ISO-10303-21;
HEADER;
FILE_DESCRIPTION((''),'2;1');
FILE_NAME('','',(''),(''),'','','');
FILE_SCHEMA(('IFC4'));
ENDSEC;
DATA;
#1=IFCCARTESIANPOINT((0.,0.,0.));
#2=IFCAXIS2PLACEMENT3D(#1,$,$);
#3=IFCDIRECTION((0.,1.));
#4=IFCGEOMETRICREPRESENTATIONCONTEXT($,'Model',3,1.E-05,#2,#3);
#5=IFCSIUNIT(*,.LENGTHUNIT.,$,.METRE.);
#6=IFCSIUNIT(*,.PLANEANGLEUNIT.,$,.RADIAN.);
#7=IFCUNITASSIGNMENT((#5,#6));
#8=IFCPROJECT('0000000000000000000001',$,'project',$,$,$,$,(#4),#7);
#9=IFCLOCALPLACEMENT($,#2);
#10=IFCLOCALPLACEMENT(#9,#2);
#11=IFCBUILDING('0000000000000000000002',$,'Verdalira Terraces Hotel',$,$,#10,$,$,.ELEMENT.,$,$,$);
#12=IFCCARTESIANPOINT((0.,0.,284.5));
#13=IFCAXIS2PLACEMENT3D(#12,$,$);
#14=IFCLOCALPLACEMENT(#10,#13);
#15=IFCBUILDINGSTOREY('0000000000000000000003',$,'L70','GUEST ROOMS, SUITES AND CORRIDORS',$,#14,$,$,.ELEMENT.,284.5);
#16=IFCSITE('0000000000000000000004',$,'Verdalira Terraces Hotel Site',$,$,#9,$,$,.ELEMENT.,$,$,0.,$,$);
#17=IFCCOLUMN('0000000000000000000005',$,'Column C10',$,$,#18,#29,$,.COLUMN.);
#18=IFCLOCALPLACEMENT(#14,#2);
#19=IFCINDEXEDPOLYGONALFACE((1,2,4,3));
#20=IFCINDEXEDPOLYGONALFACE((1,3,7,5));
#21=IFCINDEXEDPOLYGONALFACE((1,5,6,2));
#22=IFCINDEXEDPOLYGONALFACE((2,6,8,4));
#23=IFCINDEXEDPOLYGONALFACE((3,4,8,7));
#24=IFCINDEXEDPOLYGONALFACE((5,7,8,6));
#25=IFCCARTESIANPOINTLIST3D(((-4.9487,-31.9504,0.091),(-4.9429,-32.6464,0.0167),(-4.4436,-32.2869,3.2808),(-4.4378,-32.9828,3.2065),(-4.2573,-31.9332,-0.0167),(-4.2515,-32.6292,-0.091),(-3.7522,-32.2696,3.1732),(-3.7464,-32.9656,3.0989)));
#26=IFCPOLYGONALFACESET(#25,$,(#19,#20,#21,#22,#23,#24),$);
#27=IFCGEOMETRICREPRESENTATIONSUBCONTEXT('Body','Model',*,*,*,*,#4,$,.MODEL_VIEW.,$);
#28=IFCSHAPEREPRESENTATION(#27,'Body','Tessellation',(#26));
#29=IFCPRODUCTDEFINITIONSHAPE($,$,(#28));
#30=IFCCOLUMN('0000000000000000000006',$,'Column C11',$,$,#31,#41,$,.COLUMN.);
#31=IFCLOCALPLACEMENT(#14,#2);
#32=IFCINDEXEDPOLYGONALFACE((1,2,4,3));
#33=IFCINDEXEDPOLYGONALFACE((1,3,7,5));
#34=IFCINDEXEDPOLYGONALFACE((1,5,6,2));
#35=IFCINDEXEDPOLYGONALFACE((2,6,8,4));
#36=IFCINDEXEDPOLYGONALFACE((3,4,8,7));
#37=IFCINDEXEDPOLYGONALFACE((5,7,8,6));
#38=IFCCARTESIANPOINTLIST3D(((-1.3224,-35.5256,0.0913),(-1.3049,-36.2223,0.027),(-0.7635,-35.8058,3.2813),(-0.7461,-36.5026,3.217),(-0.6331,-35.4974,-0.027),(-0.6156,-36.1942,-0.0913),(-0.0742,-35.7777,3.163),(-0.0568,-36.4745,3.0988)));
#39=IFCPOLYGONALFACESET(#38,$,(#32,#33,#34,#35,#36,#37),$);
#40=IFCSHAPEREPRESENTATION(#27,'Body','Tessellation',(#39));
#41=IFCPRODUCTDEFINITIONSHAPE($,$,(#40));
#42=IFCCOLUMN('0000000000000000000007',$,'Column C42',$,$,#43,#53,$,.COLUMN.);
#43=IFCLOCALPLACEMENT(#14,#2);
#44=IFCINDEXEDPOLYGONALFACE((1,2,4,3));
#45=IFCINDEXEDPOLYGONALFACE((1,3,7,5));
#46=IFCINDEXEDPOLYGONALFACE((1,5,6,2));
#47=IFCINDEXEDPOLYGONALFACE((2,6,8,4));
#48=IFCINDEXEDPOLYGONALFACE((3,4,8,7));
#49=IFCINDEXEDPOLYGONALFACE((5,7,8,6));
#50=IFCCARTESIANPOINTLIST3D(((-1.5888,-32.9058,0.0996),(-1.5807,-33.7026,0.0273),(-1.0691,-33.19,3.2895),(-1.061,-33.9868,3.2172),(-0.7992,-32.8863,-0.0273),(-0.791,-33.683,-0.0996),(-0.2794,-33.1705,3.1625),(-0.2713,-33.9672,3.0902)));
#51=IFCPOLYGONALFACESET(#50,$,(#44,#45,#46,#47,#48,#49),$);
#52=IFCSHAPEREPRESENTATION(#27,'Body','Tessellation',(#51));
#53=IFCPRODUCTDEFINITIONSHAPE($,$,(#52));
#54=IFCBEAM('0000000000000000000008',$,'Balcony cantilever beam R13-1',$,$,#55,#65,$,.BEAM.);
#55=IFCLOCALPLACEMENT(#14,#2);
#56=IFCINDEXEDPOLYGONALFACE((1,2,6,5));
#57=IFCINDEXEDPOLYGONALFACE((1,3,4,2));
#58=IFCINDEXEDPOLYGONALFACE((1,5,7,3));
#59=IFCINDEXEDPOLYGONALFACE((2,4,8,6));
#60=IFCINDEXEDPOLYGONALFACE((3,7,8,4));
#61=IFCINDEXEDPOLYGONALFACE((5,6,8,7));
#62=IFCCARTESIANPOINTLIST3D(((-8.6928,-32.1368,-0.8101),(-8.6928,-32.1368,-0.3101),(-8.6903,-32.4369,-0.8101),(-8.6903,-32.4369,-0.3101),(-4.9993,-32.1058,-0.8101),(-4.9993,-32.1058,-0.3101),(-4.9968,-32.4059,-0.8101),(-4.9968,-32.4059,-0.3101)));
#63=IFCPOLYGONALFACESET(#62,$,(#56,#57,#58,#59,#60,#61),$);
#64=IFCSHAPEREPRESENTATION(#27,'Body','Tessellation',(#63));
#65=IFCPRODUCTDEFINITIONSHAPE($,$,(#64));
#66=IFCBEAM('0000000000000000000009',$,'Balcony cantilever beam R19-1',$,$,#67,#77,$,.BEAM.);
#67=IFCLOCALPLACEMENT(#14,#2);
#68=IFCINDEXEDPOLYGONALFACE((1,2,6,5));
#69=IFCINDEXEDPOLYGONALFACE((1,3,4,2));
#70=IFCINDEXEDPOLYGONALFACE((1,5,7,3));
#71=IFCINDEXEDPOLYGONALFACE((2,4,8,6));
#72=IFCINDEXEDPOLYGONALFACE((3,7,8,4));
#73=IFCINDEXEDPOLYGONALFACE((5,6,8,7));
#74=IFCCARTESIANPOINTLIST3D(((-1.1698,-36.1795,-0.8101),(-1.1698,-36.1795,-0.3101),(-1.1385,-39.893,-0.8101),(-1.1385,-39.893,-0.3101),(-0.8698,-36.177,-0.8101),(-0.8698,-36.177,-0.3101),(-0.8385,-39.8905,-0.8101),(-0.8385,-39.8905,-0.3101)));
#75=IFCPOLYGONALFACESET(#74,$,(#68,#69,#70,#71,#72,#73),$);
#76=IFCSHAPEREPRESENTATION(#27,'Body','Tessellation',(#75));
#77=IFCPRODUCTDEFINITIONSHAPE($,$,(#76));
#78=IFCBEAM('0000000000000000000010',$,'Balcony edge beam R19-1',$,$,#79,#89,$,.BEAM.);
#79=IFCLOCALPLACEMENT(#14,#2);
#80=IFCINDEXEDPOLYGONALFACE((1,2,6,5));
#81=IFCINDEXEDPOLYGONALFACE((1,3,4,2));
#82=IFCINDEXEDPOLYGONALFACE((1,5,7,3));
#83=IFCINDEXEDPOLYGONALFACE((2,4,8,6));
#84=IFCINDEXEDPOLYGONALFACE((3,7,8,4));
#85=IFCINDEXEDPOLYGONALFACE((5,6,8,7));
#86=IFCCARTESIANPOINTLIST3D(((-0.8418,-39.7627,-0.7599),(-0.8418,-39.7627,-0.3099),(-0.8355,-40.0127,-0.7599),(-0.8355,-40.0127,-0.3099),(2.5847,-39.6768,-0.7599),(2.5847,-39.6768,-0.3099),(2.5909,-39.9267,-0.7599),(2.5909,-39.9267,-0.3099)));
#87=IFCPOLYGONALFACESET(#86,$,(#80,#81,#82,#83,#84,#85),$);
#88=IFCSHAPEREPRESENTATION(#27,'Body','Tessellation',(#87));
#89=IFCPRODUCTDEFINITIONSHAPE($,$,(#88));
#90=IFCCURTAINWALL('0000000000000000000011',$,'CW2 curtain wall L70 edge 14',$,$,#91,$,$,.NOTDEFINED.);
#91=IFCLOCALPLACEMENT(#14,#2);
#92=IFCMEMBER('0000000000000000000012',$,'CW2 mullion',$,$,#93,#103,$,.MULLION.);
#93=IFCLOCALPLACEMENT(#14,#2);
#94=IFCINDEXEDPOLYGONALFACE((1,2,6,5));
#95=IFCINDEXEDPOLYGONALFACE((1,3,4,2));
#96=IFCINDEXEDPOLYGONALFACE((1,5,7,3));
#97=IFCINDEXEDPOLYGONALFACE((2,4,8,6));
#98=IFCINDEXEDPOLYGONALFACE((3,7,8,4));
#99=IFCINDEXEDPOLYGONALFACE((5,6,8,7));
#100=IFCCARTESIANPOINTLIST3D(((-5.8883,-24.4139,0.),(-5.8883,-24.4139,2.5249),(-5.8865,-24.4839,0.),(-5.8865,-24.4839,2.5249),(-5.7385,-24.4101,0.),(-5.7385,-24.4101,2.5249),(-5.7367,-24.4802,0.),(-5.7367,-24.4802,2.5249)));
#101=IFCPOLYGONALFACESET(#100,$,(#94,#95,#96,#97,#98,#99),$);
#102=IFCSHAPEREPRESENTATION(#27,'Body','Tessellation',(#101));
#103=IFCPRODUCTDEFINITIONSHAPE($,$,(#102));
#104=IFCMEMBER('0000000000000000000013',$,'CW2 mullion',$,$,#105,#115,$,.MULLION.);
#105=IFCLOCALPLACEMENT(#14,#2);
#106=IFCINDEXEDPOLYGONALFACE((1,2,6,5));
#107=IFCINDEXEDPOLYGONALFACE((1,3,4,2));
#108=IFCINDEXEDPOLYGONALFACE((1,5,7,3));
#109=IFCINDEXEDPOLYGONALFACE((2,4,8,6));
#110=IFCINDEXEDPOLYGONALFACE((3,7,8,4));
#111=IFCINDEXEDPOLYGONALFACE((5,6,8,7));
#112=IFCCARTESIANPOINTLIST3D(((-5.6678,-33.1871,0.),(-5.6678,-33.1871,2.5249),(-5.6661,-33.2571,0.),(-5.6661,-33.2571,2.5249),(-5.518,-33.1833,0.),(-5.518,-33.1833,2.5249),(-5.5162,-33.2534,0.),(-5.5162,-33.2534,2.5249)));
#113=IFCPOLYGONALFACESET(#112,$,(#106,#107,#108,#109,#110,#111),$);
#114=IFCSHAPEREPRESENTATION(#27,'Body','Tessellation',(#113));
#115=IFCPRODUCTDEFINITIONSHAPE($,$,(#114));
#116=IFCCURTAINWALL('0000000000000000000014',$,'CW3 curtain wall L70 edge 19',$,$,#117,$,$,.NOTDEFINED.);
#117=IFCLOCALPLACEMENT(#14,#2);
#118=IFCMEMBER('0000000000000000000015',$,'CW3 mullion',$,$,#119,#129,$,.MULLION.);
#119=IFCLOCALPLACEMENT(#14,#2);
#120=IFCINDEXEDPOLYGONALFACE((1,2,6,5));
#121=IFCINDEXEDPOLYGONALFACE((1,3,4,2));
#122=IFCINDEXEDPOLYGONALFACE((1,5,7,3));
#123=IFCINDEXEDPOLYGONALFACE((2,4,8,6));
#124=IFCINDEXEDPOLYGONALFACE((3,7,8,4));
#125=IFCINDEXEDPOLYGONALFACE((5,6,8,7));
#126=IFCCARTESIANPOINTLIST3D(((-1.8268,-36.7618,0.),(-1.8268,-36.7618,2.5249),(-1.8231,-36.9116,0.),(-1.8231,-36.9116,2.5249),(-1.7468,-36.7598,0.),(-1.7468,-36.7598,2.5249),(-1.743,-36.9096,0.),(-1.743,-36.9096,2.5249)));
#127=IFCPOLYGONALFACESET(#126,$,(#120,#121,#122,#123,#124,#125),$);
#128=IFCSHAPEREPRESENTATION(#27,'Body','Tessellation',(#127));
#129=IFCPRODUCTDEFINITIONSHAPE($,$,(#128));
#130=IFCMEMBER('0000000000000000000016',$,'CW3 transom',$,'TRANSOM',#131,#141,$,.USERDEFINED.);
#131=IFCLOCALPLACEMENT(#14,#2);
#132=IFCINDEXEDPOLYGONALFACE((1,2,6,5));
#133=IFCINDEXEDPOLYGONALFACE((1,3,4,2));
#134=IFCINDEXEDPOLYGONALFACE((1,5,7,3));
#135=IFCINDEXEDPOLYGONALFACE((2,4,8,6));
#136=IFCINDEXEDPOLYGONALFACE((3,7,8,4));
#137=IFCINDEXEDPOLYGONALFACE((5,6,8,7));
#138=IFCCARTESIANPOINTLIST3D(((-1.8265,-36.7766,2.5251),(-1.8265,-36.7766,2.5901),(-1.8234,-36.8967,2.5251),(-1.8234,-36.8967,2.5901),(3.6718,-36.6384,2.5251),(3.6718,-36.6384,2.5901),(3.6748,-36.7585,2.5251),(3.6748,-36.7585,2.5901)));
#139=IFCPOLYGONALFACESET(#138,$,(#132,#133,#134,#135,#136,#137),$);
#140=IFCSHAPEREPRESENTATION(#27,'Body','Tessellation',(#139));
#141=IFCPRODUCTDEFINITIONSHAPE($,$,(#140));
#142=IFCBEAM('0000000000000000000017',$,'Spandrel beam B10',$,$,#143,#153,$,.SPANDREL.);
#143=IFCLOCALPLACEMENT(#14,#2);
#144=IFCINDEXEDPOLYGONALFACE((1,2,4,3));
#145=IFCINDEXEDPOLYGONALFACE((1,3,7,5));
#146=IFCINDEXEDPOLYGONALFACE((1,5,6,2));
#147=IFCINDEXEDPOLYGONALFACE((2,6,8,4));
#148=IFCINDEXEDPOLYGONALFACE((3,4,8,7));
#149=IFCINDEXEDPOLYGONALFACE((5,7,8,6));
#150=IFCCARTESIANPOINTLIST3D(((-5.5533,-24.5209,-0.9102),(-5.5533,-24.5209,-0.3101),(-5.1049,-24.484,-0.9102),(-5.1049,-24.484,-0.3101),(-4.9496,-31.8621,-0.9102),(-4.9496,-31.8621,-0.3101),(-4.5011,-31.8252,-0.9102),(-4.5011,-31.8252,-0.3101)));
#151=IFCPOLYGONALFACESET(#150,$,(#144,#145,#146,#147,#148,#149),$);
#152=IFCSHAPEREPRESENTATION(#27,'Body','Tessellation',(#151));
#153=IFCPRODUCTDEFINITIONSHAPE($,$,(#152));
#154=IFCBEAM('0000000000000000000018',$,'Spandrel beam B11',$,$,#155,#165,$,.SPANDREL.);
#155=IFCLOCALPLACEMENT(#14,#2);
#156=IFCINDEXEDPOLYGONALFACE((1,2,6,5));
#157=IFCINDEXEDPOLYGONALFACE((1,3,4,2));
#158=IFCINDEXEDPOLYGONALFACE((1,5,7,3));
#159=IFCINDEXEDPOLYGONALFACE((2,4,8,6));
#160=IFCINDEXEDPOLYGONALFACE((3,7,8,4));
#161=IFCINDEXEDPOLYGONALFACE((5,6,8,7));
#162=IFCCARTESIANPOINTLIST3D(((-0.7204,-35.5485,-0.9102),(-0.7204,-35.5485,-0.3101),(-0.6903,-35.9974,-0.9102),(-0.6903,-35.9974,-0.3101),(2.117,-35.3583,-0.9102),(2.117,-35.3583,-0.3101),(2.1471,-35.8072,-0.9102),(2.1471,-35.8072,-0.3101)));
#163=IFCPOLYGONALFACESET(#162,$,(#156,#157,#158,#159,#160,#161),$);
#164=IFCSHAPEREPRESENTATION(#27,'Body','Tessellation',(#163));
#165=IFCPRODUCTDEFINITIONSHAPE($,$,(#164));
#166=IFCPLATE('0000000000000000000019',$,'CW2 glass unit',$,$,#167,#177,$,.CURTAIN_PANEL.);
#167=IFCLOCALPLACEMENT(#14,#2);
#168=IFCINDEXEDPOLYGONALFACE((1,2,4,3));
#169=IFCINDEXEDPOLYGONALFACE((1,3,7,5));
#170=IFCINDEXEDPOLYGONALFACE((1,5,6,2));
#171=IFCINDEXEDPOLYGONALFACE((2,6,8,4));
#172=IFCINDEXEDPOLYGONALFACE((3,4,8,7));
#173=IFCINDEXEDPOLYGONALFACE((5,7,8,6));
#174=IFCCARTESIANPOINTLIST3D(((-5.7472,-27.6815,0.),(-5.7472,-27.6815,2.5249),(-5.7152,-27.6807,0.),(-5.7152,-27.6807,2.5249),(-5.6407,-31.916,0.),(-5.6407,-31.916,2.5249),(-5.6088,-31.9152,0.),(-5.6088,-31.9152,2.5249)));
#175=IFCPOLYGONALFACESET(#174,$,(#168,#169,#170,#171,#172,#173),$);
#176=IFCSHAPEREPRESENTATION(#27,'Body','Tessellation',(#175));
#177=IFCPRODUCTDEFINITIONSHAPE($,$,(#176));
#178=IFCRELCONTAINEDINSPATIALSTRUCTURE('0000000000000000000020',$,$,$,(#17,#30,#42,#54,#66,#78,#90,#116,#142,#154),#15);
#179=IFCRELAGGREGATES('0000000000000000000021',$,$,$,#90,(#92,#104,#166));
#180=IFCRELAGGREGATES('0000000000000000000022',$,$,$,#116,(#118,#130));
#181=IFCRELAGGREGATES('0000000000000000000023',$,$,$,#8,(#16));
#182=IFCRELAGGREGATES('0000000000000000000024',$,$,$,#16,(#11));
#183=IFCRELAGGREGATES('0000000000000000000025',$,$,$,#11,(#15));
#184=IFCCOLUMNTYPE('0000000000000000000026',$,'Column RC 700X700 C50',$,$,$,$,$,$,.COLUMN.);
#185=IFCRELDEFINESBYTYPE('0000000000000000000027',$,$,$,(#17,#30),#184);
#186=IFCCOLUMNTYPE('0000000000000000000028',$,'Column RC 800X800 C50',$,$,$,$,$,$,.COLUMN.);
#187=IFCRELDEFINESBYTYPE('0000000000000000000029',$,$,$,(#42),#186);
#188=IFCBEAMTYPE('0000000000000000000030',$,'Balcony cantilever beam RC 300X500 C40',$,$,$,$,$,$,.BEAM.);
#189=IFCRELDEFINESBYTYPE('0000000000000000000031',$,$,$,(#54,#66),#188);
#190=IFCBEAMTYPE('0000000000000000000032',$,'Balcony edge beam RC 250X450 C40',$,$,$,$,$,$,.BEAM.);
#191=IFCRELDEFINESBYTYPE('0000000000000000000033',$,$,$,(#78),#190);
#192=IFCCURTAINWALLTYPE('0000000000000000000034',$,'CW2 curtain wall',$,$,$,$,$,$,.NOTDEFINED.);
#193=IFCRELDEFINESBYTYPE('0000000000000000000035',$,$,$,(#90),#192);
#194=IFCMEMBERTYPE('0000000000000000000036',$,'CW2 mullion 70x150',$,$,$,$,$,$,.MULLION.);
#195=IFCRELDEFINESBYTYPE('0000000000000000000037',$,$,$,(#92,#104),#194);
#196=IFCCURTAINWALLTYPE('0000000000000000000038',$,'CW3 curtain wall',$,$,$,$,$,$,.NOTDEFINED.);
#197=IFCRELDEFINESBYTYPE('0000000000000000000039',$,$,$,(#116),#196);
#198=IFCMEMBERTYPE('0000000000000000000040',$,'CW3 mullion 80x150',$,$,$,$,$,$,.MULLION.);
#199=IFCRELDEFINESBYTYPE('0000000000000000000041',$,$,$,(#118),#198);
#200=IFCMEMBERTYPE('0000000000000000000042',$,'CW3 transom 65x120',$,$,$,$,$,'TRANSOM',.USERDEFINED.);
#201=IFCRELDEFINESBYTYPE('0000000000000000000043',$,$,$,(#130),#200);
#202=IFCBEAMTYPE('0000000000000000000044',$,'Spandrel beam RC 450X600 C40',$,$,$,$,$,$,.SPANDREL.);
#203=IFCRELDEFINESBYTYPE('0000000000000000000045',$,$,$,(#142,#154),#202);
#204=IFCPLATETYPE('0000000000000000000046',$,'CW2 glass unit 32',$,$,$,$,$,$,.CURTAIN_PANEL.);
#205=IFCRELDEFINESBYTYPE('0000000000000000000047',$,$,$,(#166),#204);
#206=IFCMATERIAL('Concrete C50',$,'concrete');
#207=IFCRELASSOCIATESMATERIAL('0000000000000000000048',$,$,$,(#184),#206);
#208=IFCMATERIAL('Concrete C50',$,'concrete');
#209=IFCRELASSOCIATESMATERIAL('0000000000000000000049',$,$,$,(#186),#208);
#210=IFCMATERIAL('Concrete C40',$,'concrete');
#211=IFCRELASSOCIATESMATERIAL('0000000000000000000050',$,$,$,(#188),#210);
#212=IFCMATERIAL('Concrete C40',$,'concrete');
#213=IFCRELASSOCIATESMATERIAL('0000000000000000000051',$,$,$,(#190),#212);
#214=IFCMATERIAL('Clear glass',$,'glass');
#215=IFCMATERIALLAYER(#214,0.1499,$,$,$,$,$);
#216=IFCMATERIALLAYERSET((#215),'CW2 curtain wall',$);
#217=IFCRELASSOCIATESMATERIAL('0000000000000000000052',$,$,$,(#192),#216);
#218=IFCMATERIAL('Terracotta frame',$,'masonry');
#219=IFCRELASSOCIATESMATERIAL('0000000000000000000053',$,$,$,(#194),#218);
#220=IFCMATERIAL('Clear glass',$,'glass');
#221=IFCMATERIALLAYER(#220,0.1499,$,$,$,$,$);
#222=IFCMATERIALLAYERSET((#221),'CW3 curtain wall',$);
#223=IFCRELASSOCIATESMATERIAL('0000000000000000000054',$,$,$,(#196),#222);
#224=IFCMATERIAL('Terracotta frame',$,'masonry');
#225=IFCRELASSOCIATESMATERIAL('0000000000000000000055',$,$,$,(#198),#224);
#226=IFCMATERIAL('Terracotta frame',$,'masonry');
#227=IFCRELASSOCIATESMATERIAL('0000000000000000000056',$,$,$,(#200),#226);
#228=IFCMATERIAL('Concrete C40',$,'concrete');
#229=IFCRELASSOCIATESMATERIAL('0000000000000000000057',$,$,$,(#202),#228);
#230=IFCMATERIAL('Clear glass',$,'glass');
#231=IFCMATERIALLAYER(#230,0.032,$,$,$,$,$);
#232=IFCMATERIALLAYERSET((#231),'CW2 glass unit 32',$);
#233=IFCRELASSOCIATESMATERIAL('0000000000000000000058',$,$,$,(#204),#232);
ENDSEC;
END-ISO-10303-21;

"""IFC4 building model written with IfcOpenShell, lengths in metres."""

from ifc_helpers import new_model, si_unit, direction, frame, origin, origin_2d, place, context, subcontext, project, spatial, rectangle, extrude, material, layer, layer_set, material_profile, profile_set, type_object, element, aggregate, save


model = new_model("IFC4")

# Units and contexts
model_context = context("Model", 3, precision=1e-05, world=origin(), true_north=direction((0.0, 1.0)))
body_context = subcontext(model_context, "Body", "Model", "MODEL_VIEW")
ifc_project = project(units=[si_unit("LENGTHUNIT", "METRE"), si_unit("PLANEANGLEUNIT", "RADIAN")], contexts=[model_context])

# Site, building, storey
site_placement = place(None, origin())
site = spatial("IfcSite", under=ifc_project, at=site_placement, Name="Verdalira Terraces Hotel Site", CompositionType="ELEMENT", RefElevation=0.0)
building_placement = place(site_placement, origin())
building = spatial("IfcBuilding", under=site, at=building_placement, Name="Verdalira Terraces Hotel", CompositionType="ELEMENT")
storey_placement = place(building_placement, frame((0.0, 0.0, 284.5)))
storey = spatial("IfcBuildingStorey", under=building, at=storey_placement, Name="L70", Description="GUEST ROOMS, SUITES AND CORRIDORS", CompositionType="ELEMENT", Elevation=284.5)

# Columns
ifc_material_1 = material(Name="Concrete C50", Category="concrete")
ifc_material_profile_1 = material_profile(ifc_material_1, rectangle(XDim=0.7, YDim=0.7, at=origin_2d()), Name="RC 700X700")
ifc_profile_set_1 = profile_set([ifc_material_profile_1], Name="Concrete C50")
column_type_1 = type_object("IfcColumnType", Name="Column RC 700X700 C50", PredefinedType="COLUMN", material=ifc_profile_set_1)
column_1_placement = place(storey_placement, frame((-4.6001, -32.2898, 0.0), z_axis=(0.15556, -0.103606, 0.982378), x_axis=(0.008283, -0.994313, -0.106176)))
element("IfcColumn", 1, at=column_1_placement, inside=storey, type_object=column_type_1, Name="Column C10", PredefinedType="COLUMN", context=body_context, shape_type="SweptSolid", body=[
    extrude(rectangle(XDim=0.7, YDim=0.7, at=origin_2d()), origin(), (0.0, 0.0, 1.0), 3.2471),
])
column_2_placement = place(storey_placement, frame((-0.969, -35.8599, 0.0), z_axis=(0.171917, -0.086221, 0.981331), x_axis=(0.984796, 0.040239, -0.168989)))
element("IfcColumn", 2, at=column_2_placement, inside=storey, type_object=column_type_1, Name="Column C11", PredefinedType="COLUMN", context=body_context, shape_type="SweptSolid", body=[
    extrude(rectangle(XDim=0.7, YDim=0.7, at=origin_2d()), origin(), (0.0, 0.0, 1.0), 3.2507),
])
ifc_material_2 = material(Name="Concrete C50", Category="concrete")
ifc_material_profile_2 = material_profile(ifc_material_2, rectangle(XDim=0.8, YDim=0.8, at=origin_2d()), Name="RC 800X800")
ifc_profile_set_2 = profile_set([ifc_material_profile_2], Name="Concrete C50")
column_type_2 = type_object("IfcColumnType", Name="Column RC 800X800 C50", PredefinedType="COLUMN", material=ifc_profile_set_2)
column_3_placement = place(storey_placement, frame((-1.1899, -33.2944, 0.0), z_axis=(0.160203, -0.087589, 0.98319), x_axis=(0.010144, -0.995857, -0.09037)))
element("IfcColumn", 3, at=column_3_placement, inside=storey, type_object=column_type_2, Name="Column C42", PredefinedType="COLUMN", context=body_context, shape_type="SweptSolid", body=[
    extrude(rectangle(XDim=0.8, YDim=0.8, at=origin_2d()), origin(), (0.0, 0.0, 1.0), 3.2444),
])

# Beams
ifc_material_3 = material(Name="Concrete C40", Category="concrete")
ifc_material_profile_3 = material_profile(ifc_material_3, rectangle(XDim=0.3, YDim=0.5, at=origin_2d()), Name="RC 300X500")
ifc_profile_set_3 = profile_set([ifc_material_profile_3], Name="Concrete C40")
beam_type_1 = type_object("IfcBeamType", Name="Balcony cantilever beam RC 300X500 C40", PredefinedType="BEAM", material=ifc_profile_set_3)
beam_1_placement = place(storey_placement, frame((-4.998, -32.2559, -0.5601), z_axis=(-0.999965, -0.008395, 0.0), x_axis=(0.008395, -0.999965, 0.0)))
element("IfcBeam", 4, at=beam_1_placement, inside=storey, type_object=beam_type_1, Name="Balcony cantilever beam R13-1", PredefinedType="BEAM", context=body_context, shape_type="SweptSolid", body=[
    extrude(rectangle(XDim=0.3, YDim=0.5, at=origin_2d()), origin(), (0.0, 0.0, 1.0), 3.6936),
])
beam_2_placement = place(storey_placement, frame((-1.0198, -36.1782, -0.5601), z_axis=(0.008415, -0.999965, 0.0), x_axis=(0.999965, 0.008415, 0.0)))
element("IfcBeam", 5, at=beam_2_placement, inside=storey, type_object=beam_type_1, Name="Balcony cantilever beam R19-1", PredefinedType="BEAM", context=body_context, shape_type="SweptSolid", body=[
    extrude(rectangle(XDim=0.3, YDim=0.5, at=origin_2d()), origin(), (0.0, 0.0, 1.0), 3.7136),
])
ifc_material_4 = material(Name="Concrete C40", Category="concrete")
ifc_material_profile_4 = material_profile(ifc_material_4, rectangle(XDim=0.25, YDim=0.45, at=origin_2d()), Name="RC 250X450")
ifc_profile_set_4 = profile_set([ifc_material_profile_4], Name="Concrete C40")
beam_type_2 = type_object("IfcBeamType", Name="Balcony edge beam RC 250X450 C40", PredefinedType="BEAM", material=ifc_profile_set_4)
beam_3_placement = place(storey_placement, frame((-0.8386, -39.8877, -0.5349), z_axis=(0.999686, 0.025072, 0.0), x_axis=(-0.025072, 0.999686, 0.0)))
element("IfcBeam", 6, at=beam_3_placement, inside=storey, type_object=beam_type_2, Name="Balcony edge beam R19-1", PredefinedType="BEAM", context=body_context, shape_type="SweptSolid", body=[
    extrude(rectangle(XDim=0.25, YDim=0.45, at=origin_2d()), origin(), (0.0, 0.0, 1.0), 3.4275),
])

# Curtain walls, members
ifc_material_5 = material(Name="Clear glass", Category="glass")
ifc_layer_1 = layer(ifc_material_5, 0.1499)
ifc_layer_set_1 = layer_set([ifc_layer_1], Name="CW2 curtain wall")
curtain_wall_type_1 = type_object("IfcCurtainWallType", Name="CW2 curtain wall", PredefinedType="NOTDEFINED", material=ifc_layer_set_1)
curtain_wall_1_placement = place(storey_placement, origin())
curtain_wall_1 = element("IfcCurtainWall", 7, at=curtain_wall_1_placement, inside=storey, type_object=curtain_wall_type_1, Name="CW2 curtain wall L70 edge 14", PredefinedType="NOTDEFINED")
ifc_material_6 = material(Name="Terracotta frame", Category="masonry")
ifc_material_profile_5 = material_profile(ifc_material_6, rectangle(XDim=0.0701, YDim=0.1499, at=origin_2d()), Name="MU 70x150")
ifc_profile_set_5 = profile_set([ifc_material_profile_5], Name="Terracotta frame")
member_type_1 = type_object("IfcMemberType", Name="CW2 mullion 70x150", PredefinedType="MULLION", material=ifc_profile_set_5)
member_1_placement = place(storey_placement, frame((-5.8125, -24.447, 0.0), z_axis=(0.0, 0.0, 1.0), x_axis=(0.02513, -0.999684, 0.0)))
member_1 = element("IfcMember", 8, at=member_1_placement, type_object=member_type_1, Name="CW2 mullion", PredefinedType="MULLION", context=body_context, shape_type="SweptSolid", body=[
    extrude(rectangle(XDim=0.0701, YDim=0.1499, at=origin_2d()), origin(), (0.0, 0.0, 1.0), 2.5249),
])
member_2_placement = place(storey_placement, frame((-5.592, -33.2202, 0.0), z_axis=(0.0, 0.0, 1.0), x_axis=(0.02513, -0.999684, 0.0)))
member_2 = element("IfcMember", 9, at=member_2_placement, type_object=member_type_1, Name="CW2 mullion", PredefinedType="MULLION", context=body_context, shape_type="SweptSolid", body=[
    extrude(rectangle(XDim=0.0701, YDim=0.1499, at=origin_2d()), origin(), (0.0, 0.0, 1.0), 2.5249),
])
ifc_material_7 = material(Name="Clear glass", Category="glass")
ifc_layer_2 = layer(ifc_material_7, 0.1499)
ifc_layer_set_2 = layer_set([ifc_layer_2], Name="CW3 curtain wall")
curtain_wall_type_2 = type_object("IfcCurtainWallType", Name="CW3 curtain wall", PredefinedType="NOTDEFINED", material=ifc_layer_set_2)
curtain_wall_2_placement = place(storey_placement, origin())
curtain_wall_2 = element("IfcCurtainWall", 10, at=curtain_wall_2_placement, inside=storey, type_object=curtain_wall_type_2, Name="CW3 curtain wall L70 edge 19", PredefinedType="NOTDEFINED")
ifc_material_8 = material(Name="Terracotta frame", Category="masonry")
ifc_material_profile_6 = material_profile(ifc_material_8, rectangle(XDim=0.0801, YDim=0.1499, at=origin_2d()), Name="MU 80x150")
ifc_profile_set_6 = profile_set([ifc_material_profile_6], Name="Terracotta frame")
member_type_2 = type_object("IfcMemberType", Name="CW3 mullion 80x150", PredefinedType="MULLION", material=ifc_profile_set_6)
member_3_placement = place(storey_placement, frame((-1.7849, -36.8357, 0.0), z_axis=(0.0, 0.0, 1.0), x_axis=(0.999684, 0.02513, 0.0)))
member_3 = element("IfcMember", 11, at=member_3_placement, type_object=member_type_2, Name="CW3 mullion", PredefinedType="MULLION", context=body_context, shape_type="SweptSolid", body=[
    extrude(rectangle(XDim=0.0801, YDim=0.1499, at=origin_2d()), origin(), (0.0, 0.0, 1.0), 2.5249),
])
ifc_material_9 = material(Name="Terracotta frame", Category="masonry")
ifc_material_profile_7 = material_profile(ifc_material_9, rectangle(XDim=0.1201, YDim=0.0649, at=origin_2d()), Name="TR 65x120")
ifc_profile_set_7 = profile_set([ifc_material_profile_7], Name="Terracotta frame")
member_type_3 = type_object("IfcMemberType", Name="CW3 transom 65x120", ElementType="TRANSOM", PredefinedType="USERDEFINED", material=ifc_profile_set_7)
member_4_placement = place(storey_placement, frame((-1.825, -36.8367, 2.5576), z_axis=(0.999684, 0.025124, 0.0), x_axis=(-0.025124, 0.999684, 0.0)))
member_4 = element("IfcMember", 12, at=member_4_placement, type_object=member_type_3, Name="CW3 transom", ObjectType="TRANSOM", PredefinedType="USERDEFINED", context=body_context, shape_type="SweptSolid", body=[
    extrude(rectangle(XDim=0.1201, YDim=0.0649, at=origin_2d()), origin(), (0.0, 0.0, 1.0), 5.5),
])

# Beams
ifc_material_10 = material(Name="Concrete C40", Category="concrete")
ifc_material_profile_8 = material_profile(ifc_material_10, rectangle(XDim=0.45, YDim=0.6001, at=origin_2d()), Name="RC 450X600")
ifc_profile_set_8 = profile_set([ifc_material_profile_8], Name="Concrete C40")
beam_type_3 = type_object("IfcBeamType", Name="Spandrel beam RC 450X600 C40", PredefinedType="SPANDREL", material=ifc_profile_set_8)
beam_4_placement = place(storey_placement, frame((-5.3291, -24.5024, -0.6101), z_axis=(0.081967, -0.996635, 0.0), x_axis=(0.996635, 0.081967, 0.0)))
element("IfcBeam", 13, at=beam_4_placement, inside=storey, type_object=beam_type_3, Name="Spandrel beam B10", PredefinedType="SPANDREL", context=body_context, shape_type="SweptSolid", body=[
    extrude(rectangle(XDim=0.45, YDim=0.6001, at=origin_2d()), origin(), (0.0, 0.0, 1.0), 7.366),
])
beam_5_placement = place(storey_placement, frame((-0.7053, -35.7729, -0.6101), z_axis=(0.997761, 0.066878, 0.0), x_axis=(-0.066878, 0.997761, 0.0)))
element("IfcBeam", 14, at=beam_5_placement, inside=storey, type_object=beam_type_3, Name="Spandrel beam B11", PredefinedType="SPANDREL", context=body_context, shape_type="SweptSolid", body=[
    extrude(rectangle(XDim=0.45, YDim=0.6001, at=origin_2d()), origin(), (0.0, 0.0, 1.0), 2.8438),
])

# Plate
ifc_material_11 = material(Name="Clear glass", Category="glass")
ifc_layer_3 = layer(ifc_material_11, 0.032)
ifc_layer_set_3 = layer_set([ifc_layer_3], Name="CW2 glass unit 32")
plate_type_1 = type_object("IfcPlateType", Name="CW2 glass unit 32", PredefinedType="CURTAIN_PANEL", material=ifc_layer_set_3)
plate_1_placement = place(storey_placement, frame((-5.678, -29.7983, 0.0), z_axis=(0.0, 0.0, 1.0), x_axis=(0.02513, -0.999684, 0.0)))
plate_1 = element("IfcPlate", 15, at=plate_1_placement, type_object=plate_type_1, Name="CW2 glass unit", PredefinedType="CURTAIN_PANEL", context=body_context, shape_type="SweptSolid", body=[
    extrude(rectangle(XDim=4.2358, YDim=0.032, at=origin_2d()), origin(), (0.0, 0.0, 1.0), 2.5249),
])
aggregate(curtain_wall_1, [member_1, member_2, plate_1])
aggregate(curtain_wall_2, [member_3, member_4])

save(model, "model.ifc")
